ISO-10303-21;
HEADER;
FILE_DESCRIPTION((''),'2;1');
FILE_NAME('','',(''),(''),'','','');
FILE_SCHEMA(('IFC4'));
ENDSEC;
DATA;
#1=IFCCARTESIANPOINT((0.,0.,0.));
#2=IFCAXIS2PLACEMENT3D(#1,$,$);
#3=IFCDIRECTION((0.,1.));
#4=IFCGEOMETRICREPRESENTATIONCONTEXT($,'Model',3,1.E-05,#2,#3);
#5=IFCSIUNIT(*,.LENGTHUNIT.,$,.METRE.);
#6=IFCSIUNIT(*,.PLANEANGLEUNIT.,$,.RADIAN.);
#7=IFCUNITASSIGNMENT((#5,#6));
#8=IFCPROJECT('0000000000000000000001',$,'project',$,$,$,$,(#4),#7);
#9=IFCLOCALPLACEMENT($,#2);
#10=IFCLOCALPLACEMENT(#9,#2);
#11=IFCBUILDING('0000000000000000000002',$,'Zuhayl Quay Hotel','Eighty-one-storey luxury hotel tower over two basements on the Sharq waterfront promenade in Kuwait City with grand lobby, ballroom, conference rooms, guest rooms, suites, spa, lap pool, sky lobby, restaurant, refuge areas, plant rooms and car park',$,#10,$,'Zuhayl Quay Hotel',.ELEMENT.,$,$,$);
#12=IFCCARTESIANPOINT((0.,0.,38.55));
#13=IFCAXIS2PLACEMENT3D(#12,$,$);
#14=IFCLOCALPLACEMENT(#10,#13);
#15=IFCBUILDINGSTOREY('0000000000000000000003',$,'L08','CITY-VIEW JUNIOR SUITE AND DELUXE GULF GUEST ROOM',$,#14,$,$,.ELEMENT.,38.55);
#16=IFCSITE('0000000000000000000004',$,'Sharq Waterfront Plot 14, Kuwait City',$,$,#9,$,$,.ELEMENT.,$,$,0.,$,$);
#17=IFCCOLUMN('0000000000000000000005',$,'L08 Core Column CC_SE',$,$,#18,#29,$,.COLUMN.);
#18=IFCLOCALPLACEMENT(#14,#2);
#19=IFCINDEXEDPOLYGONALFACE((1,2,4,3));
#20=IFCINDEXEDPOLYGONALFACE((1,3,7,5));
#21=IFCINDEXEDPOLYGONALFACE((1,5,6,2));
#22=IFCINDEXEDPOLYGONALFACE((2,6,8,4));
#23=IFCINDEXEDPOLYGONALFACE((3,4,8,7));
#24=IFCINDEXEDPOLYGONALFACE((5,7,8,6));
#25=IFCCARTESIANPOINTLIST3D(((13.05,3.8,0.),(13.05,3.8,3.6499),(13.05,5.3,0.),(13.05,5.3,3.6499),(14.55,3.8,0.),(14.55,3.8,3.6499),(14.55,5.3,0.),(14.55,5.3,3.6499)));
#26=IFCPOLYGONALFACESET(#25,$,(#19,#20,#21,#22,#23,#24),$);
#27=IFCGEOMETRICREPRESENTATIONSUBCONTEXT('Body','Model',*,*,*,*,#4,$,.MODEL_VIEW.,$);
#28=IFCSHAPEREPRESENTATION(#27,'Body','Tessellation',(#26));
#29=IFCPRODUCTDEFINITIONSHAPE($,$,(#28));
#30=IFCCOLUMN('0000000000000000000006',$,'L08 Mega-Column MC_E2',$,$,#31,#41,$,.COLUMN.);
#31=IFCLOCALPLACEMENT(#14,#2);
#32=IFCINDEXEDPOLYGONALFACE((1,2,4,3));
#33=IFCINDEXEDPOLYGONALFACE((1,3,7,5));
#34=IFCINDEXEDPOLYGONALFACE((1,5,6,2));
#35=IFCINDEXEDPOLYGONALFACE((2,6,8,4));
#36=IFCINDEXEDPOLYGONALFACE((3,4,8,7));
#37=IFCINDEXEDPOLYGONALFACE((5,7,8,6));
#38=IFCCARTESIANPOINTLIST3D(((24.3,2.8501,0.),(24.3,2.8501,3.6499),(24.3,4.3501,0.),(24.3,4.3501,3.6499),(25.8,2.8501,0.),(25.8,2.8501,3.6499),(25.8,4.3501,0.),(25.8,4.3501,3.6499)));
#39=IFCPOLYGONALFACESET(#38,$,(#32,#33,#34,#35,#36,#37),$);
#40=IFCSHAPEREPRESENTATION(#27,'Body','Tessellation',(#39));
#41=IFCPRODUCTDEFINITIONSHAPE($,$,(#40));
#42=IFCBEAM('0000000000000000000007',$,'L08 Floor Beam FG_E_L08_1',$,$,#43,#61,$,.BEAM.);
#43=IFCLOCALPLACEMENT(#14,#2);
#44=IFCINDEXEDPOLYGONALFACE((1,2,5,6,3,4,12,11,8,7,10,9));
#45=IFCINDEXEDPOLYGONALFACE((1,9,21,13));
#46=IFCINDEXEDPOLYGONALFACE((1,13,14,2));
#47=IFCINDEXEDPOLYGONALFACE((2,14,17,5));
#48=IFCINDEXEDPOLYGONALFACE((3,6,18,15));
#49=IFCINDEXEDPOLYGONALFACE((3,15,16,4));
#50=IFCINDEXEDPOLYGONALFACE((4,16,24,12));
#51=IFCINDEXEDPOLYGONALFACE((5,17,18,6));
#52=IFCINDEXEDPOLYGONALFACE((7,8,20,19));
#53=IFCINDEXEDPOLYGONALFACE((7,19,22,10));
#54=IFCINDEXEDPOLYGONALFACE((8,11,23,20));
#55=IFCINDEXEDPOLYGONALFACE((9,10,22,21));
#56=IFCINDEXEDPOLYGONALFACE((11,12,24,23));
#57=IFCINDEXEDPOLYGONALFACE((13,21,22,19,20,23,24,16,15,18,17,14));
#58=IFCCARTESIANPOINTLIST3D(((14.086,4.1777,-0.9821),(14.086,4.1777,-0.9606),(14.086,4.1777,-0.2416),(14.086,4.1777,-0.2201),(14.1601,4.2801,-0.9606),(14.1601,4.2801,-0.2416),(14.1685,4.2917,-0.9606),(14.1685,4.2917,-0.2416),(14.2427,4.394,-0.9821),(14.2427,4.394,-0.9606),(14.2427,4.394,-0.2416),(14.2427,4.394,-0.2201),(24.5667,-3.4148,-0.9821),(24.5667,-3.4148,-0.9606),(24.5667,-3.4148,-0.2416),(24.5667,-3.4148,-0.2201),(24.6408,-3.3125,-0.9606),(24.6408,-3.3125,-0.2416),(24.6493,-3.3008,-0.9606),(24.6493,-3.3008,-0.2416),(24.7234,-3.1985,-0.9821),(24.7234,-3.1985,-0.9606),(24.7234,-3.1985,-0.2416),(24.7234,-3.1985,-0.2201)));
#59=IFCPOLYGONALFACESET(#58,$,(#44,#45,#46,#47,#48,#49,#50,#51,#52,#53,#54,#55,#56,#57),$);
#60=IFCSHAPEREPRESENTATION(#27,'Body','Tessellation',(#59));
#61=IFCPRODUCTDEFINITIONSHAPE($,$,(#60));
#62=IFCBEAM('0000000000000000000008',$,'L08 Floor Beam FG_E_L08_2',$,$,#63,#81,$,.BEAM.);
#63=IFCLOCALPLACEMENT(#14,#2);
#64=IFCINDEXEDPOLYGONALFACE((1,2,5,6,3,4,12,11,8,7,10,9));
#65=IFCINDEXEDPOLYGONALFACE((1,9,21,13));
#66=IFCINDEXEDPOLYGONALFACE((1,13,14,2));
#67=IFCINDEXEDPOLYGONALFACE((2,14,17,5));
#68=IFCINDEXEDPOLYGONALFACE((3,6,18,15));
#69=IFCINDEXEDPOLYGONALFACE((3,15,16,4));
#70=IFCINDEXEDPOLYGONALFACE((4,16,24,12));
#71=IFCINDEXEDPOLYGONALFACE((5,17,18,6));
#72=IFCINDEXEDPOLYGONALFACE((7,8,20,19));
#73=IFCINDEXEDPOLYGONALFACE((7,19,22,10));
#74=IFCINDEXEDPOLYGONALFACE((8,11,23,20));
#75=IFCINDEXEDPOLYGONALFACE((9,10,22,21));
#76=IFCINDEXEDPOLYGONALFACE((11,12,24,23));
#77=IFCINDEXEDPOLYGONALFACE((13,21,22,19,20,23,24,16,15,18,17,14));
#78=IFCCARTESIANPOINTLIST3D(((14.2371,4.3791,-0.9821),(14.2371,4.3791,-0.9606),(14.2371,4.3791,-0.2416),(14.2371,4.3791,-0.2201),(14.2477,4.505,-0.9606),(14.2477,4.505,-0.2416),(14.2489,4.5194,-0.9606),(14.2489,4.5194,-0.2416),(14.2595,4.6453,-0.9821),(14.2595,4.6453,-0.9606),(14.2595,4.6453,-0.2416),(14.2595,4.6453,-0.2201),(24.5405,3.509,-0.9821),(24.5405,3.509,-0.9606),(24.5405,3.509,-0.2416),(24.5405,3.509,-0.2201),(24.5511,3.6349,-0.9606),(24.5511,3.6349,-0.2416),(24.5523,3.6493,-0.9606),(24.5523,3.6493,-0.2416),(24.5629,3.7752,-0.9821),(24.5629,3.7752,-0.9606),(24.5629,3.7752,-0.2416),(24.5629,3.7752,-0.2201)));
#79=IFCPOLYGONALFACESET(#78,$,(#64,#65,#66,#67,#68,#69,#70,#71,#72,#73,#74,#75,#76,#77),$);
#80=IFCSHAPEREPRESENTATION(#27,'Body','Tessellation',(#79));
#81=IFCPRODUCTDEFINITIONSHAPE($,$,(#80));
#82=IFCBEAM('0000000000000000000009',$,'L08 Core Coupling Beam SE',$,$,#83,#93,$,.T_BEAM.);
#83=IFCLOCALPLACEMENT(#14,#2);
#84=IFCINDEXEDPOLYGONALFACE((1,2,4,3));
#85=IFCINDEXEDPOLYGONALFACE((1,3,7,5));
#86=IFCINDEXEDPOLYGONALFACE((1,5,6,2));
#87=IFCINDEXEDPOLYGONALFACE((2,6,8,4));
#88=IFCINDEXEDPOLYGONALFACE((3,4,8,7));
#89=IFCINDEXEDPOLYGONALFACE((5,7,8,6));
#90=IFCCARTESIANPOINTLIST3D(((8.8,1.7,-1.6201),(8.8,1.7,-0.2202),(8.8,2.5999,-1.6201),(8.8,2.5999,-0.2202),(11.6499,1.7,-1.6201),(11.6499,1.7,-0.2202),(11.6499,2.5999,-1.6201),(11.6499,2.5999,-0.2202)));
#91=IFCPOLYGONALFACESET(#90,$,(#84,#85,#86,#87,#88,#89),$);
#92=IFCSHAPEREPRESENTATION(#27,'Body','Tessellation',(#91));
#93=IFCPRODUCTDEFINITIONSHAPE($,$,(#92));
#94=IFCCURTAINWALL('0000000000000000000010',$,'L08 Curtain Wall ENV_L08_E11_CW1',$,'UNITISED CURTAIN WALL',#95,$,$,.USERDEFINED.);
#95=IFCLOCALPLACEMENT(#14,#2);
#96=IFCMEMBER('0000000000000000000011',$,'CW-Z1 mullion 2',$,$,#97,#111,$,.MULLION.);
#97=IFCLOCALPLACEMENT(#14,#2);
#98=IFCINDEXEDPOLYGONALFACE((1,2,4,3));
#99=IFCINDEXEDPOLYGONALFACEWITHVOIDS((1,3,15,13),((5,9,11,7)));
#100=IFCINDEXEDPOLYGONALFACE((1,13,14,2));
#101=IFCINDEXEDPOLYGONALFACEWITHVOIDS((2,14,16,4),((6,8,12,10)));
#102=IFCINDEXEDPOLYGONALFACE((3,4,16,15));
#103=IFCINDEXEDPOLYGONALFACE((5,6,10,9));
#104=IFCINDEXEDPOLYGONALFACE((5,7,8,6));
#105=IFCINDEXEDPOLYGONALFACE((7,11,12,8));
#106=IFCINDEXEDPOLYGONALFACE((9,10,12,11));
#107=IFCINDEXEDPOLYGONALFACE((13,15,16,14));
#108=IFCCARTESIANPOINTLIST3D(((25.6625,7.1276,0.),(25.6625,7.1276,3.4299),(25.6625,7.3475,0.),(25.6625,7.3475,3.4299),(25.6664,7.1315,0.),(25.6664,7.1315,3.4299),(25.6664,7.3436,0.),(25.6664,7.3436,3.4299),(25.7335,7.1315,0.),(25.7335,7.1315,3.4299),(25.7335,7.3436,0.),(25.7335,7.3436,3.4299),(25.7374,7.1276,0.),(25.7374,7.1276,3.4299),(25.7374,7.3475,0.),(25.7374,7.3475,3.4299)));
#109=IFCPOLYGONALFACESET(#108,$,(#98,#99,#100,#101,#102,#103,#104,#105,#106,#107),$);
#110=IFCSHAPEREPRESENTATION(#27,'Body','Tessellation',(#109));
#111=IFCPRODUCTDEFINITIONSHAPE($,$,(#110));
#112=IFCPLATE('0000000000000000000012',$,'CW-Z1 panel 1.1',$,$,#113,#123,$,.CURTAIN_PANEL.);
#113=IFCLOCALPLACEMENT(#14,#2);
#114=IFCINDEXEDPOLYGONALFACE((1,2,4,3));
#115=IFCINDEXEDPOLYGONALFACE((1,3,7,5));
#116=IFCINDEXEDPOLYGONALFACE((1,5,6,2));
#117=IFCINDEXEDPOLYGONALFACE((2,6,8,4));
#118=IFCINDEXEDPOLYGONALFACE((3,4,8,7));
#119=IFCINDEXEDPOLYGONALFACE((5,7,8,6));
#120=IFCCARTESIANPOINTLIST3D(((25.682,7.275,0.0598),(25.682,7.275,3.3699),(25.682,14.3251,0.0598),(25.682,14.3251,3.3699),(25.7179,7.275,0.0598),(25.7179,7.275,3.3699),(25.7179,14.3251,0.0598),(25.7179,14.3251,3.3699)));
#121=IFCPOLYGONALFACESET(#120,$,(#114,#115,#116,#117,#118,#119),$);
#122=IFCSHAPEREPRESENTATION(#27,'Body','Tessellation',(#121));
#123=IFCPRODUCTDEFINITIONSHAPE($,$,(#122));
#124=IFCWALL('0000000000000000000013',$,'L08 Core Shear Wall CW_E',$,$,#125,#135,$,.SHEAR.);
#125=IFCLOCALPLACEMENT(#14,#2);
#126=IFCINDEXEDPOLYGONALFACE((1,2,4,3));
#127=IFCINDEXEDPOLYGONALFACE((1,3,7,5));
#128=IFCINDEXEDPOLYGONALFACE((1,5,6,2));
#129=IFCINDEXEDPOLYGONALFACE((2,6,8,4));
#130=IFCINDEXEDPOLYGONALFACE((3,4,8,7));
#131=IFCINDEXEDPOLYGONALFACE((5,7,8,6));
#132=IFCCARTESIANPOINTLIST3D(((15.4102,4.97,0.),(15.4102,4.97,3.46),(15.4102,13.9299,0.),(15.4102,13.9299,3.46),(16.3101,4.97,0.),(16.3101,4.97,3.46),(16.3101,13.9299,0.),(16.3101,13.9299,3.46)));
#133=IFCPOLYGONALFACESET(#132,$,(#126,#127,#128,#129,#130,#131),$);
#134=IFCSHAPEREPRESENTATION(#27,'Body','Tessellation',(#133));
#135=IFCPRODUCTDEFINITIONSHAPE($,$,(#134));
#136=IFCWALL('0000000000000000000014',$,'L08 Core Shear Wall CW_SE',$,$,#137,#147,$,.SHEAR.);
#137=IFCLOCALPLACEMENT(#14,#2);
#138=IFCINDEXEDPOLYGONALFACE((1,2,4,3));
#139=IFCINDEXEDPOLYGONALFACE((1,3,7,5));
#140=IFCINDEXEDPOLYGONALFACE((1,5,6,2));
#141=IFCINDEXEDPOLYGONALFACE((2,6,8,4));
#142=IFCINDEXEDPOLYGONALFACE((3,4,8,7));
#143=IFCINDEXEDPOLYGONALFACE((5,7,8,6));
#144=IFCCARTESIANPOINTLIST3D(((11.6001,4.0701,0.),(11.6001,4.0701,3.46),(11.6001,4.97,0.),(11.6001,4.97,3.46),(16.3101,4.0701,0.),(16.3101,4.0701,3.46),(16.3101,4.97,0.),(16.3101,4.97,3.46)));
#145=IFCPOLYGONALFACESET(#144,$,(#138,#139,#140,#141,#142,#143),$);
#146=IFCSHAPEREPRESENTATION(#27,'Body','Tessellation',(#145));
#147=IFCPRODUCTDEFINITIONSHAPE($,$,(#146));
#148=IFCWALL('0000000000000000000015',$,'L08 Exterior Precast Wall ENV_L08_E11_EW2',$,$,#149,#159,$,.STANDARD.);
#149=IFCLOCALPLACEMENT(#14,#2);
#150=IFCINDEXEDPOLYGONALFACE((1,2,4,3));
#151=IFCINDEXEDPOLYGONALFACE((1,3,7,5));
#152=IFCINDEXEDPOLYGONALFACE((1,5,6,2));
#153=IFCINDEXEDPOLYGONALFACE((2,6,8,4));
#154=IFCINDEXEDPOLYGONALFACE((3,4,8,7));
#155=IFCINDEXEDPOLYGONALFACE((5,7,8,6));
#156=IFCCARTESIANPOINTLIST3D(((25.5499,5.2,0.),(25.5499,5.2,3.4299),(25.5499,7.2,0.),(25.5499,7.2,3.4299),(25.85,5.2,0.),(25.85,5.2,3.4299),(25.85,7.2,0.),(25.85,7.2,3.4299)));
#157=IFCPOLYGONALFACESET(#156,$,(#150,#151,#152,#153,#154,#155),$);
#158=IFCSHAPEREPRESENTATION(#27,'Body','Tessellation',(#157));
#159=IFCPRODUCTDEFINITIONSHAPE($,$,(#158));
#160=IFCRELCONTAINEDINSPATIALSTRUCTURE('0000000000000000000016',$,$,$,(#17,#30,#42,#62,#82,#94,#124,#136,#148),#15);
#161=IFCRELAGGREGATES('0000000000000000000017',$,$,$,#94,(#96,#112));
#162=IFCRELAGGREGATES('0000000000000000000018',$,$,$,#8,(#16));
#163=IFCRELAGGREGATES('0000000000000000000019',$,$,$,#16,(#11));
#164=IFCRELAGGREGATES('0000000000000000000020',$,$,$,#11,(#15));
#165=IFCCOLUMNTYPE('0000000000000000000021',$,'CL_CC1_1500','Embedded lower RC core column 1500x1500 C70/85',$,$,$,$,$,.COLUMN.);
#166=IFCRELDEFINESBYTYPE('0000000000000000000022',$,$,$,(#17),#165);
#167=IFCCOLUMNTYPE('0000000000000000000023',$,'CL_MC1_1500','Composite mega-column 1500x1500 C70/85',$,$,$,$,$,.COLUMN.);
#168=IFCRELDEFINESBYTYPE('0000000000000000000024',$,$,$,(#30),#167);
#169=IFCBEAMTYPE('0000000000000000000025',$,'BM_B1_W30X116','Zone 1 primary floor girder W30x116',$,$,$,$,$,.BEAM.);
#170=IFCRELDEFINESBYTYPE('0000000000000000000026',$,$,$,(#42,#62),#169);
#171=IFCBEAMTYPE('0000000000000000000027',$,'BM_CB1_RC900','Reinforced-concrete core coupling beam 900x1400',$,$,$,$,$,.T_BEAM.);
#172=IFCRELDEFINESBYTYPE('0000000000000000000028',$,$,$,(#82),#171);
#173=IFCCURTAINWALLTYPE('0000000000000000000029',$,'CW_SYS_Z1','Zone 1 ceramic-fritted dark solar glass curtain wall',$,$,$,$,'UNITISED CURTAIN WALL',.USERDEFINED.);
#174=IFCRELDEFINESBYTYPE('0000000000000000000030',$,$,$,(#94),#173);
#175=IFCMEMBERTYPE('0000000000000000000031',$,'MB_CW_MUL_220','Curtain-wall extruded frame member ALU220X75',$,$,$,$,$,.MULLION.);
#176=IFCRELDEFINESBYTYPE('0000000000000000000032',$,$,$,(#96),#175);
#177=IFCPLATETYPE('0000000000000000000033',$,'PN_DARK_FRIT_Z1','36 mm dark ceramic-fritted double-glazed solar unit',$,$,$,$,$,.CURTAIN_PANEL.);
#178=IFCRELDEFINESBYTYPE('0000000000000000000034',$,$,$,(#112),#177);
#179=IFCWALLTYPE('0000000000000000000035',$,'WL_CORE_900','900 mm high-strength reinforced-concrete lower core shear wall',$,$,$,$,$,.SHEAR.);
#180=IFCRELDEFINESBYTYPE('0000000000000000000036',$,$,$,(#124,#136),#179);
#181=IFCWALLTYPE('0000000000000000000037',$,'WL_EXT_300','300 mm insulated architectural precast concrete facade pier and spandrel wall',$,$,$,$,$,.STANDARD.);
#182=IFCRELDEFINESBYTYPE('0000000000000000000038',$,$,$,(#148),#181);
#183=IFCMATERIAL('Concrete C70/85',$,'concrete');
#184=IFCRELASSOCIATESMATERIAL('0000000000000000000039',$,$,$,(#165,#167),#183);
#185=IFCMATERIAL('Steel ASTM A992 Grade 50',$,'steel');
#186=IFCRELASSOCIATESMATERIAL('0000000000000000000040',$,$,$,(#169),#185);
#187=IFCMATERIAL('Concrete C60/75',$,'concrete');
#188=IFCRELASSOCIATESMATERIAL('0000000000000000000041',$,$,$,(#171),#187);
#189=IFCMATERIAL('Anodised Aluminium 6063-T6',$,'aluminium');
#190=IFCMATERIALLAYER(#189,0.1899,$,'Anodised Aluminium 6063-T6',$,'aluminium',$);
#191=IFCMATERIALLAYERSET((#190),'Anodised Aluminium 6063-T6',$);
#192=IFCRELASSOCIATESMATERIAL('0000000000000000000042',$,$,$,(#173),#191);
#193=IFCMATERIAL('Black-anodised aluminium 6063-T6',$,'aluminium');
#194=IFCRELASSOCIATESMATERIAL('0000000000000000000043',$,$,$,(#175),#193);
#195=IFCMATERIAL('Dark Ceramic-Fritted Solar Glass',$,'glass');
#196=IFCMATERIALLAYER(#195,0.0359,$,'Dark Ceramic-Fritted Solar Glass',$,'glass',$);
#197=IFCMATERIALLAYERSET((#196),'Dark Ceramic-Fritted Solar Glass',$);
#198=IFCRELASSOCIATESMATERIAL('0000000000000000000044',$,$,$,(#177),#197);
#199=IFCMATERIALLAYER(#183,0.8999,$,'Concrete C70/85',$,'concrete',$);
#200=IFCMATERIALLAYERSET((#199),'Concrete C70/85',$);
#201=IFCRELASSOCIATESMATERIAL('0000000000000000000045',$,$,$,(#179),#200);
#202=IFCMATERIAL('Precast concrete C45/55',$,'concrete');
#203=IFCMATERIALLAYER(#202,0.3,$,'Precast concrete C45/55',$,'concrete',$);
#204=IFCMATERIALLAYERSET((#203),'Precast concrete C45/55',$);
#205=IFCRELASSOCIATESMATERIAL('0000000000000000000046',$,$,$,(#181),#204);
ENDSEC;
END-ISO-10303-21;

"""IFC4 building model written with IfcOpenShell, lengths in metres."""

from ifc_helpers import new_model, si_unit, direction, frame, frame_2d, origin, origin_2d, place, context, subcontext, project, spatial, rectangle, hollow_rectangle, i_section, extrude, material, layer, layer_set, material_profile, profile_set, type_object, element, aggregate, save


model = new_model("IFC4")

# Units and contexts
model_context = context("Model", 3, precision=1e-05, world=origin(), true_north=direction((0.0, 1.0)))
body_context = subcontext(model_context, "Body", "Model", "MODEL_VIEW")
ifc_project = project(units=[si_unit("LENGTHUNIT", "METRE"), si_unit("PLANEANGLEUNIT", "RADIAN")], contexts=[model_context])

# Site, building, storey
site_placement = place(None, origin())
site = spatial("IfcSite", under=ifc_project, at=site_placement, Name="Sharq Waterfront Plot 14, Kuwait City", CompositionType="ELEMENT", RefElevation=0.0)
building_placement = place(site_placement, origin())
building = spatial("IfcBuilding", under=site, at=building_placement, Name="Zuhayl Quay Hotel", Description="Eighty-one-storey luxury hotel tower over two basements on the Sharq waterfront promenade in Kuwait City with grand lobby, ballroom, conference rooms, guest rooms, suites, spa, lap pool, sky lobby, restaurant, refuge areas, plant rooms and car park", LongName="Zuhayl Quay Hotel", CompositionType="ELEMENT")
storey_placement = place(building_placement, frame((0.0, 0.0, 38.55)))
storey = spatial("IfcBuildingStorey", under=building, at=storey_placement, Name="L08", Description="CITY-VIEW JUNIOR SUITE AND DELUXE GULF GUEST ROOM", CompositionType="ELEMENT", Elevation=38.55)

# Columns
ifc_material_1 = material(Name="Concrete C70/85", Category="concrete")
ifc_material_profile_1 = material_profile(ifc_material_1, rectangle(XDim=1.5, YDim=1.5, at=origin_2d()), Name="RC1500X1500")
ifc_profile_set_1 = profile_set([ifc_material_profile_1], Name="Concrete C70/85")
column_type_1 = type_object("IfcColumnType", Name="CL_CC1_1500", Description="Embedded lower RC core column 1500x1500 C70/85", PredefinedType="COLUMN", material=ifc_profile_set_1)
column_1_placement = place(storey_placement, frame((13.8, 4.55, 0.0), z_axis=(0.0, 0.0, 1.0), x_axis=(1.0, 0.0, 0.0)))
element("IfcColumn", 1, at=column_1_placement, inside=storey, type_object=column_type_1, Name="L08 Core Column CC_SE", PredefinedType="COLUMN", context=body_context, shape_type="SweptSolid", body=[
    extrude(rectangle(XDim=1.5, YDim=1.5, at=origin_2d()), origin(), (0.0, 0.0, 1.0), 3.6499),
])
ifc_material_profile_2 = material_profile(ifc_material_1, rectangle(XDim=1.5, YDim=1.5, at=origin_2d()), Name="RC1500X1500")
ifc_profile_set_2 = profile_set([ifc_material_profile_2], Name="Concrete C70/85")
column_type_2 = type_object("IfcColumnType", Name="CL_MC1_1500", Description="Composite mega-column 1500x1500 C70/85", PredefinedType="COLUMN", material=ifc_profile_set_2)
column_2_placement = place(storey_placement, frame((25.05, 3.6001, 0.0), z_axis=(0.0, 0.0, 1.0), x_axis=(1.0, 0.0, 0.0)))
element("IfcColumn", 2, at=column_2_placement, inside=storey, type_object=column_type_2, Name="L08 Mega-Column MC_E2", PredefinedType="COLUMN", context=body_context, shape_type="SweptSolid", body=[
    extrude(rectangle(XDim=1.5, YDim=1.5, at=origin_2d()), origin(), (0.0, 0.0, 1.0), 3.6499),
])

# Beams
ifc_material_2 = material(Name="Steel ASTM A992 Grade 50", Category="steel")
ifc_material_profile_3 = material_profile(ifc_material_2, i_section(OverallWidth=0.2671, OverallDepth=0.762, WebThickness=0.0144, FlangeThickness=0.0215, at=origin_2d()), Name="W30X116")
ifc_profile_set_3 = profile_set([ifc_material_profile_3], Name="Steel ASTM A992 Grade 50")
beam_type_1 = type_object("IfcBeamType", Name="BM_B1_W30X116", Description="Zone 1 primary floor girder W30x116", PredefinedType="BEAM", material=ifc_profile_set_3)
beam_1_placement = place(storey_placement, frame((14.1643, 4.2859, -0.6011), z_axis=(0.80983, -0.586664, 0.0), x_axis=(0.586664, 0.80983, 0.0)))
element("IfcBeam", 3, at=beam_1_placement, inside=storey, type_object=beam_type_1, Name="L08 Floor Beam FG_E_L08_1", PredefinedType="BEAM", context=body_context, shape_type="SweptSolid", body=[
    extrude(i_section(OverallWidth=0.2671, OverallDepth=0.762, WebThickness=0.0144, FlangeThickness=0.0215, at=origin_2d()), origin(), (0.0, 0.0, 1.0), 12.9419),
])
beam_2_placement = place(storey_placement, frame((14.2483, 4.5122, -0.6011), z_axis=(0.996453, -0.084149, 0.0), x_axis=(0.084149, 0.996453, 0.0)))
element("IfcBeam", 4, at=beam_2_placement, inside=storey, type_object=beam_type_1, Name="L08 Floor Beam FG_E_L08_2", PredefinedType="BEAM", context=body_context, shape_type="SweptSolid", body=[
    extrude(i_section(OverallWidth=0.2671, OverallDepth=0.762, WebThickness=0.0144, FlangeThickness=0.0215, at=origin_2d()), origin(), (0.0, 0.0, 1.0), 10.3401),
])
ifc_material_3 = material(Name="Concrete C60/75", Category="concrete")
ifc_material_profile_4 = material_profile(ifc_material_3, rectangle(XDim=0.8999, YDim=1.3999, at=origin_2d()), Name="RC900X1400")
ifc_profile_set_4 = profile_set([ifc_material_profile_4], Name="Concrete C60/75")
beam_type_2 = type_object("IfcBeamType", Name="BM_CB1_RC900", Description="Reinforced-concrete core coupling beam 900x1400", PredefinedType="T_BEAM", material=ifc_profile_set_4)
beam_3_placement = place(storey_placement, frame((8.8, 2.1499, -0.9202), z_axis=(1.0, 0.0, 0.0), x_axis=(0.0, 1.0, 0.0)))
element("IfcBeam", 5, at=beam_3_placement, inside=storey, type_object=beam_type_2, Name="L08 Core Coupling Beam SE", PredefinedType="T_BEAM", context=body_context, shape_type="SweptSolid", body=[
    extrude(rectangle(XDim=0.8999, YDim=1.3999, at=origin_2d()), origin(), (0.0, 0.0, 1.0), 2.8499),
])

# Curtain wall, member, plate
ifc_material_4 = material(Name="Anodised Aluminium 6063-T6", Category="aluminium")
ifc_layer_1 = layer(ifc_material_4, 0.1899, Name="Anodised Aluminium 6063-T6", Category="aluminium")
ifc_layer_set_1 = layer_set([ifc_layer_1], Name="Anodised Aluminium 6063-T6")
curtain_wall_type = type_object("IfcCurtainWallType", Name="CW_SYS_Z1", Description="Zone 1 ceramic-fritted dark solar glass curtain wall", ElementType="UNITISED CURTAIN WALL", PredefinedType="USERDEFINED", material=ifc_layer_set_1)
curtain_wall_placement = place(storey_placement, origin())
curtain_wall = element("IfcCurtainWall", 6, at=curtain_wall_placement, inside=storey, type_object=curtain_wall_type, Name="L08 Curtain Wall ENV_L08_E11_CW1", ObjectType="UNITISED CURTAIN WALL", PredefinedType="USERDEFINED")
ifc_material_5 = material(Name="Black-anodised aluminium 6063-T6", Category="aluminium")
ifc_material_profile_5 = material_profile(ifc_material_5, hollow_rectangle(XDim=0.075, YDim=0.22, WallThickness=0.0039, at=origin_2d()), Name="ALU220X75")
ifc_profile_set_5 = profile_set([ifc_material_profile_5], Name="Black-anodised aluminium 6063-T6")
member_type = type_object("IfcMemberType", Name="MB_CW_MUL_220", Description="Curtain-wall extruded frame member ALU220X75", PredefinedType="MULLION", material=ifc_profile_set_5)
member_placement = place(storey_placement, frame((25.7, 7.2375, 0.0), z_axis=(0.0, 0.0, 1.0), x_axis=(1.0, 0.0, 0.0)))
member = element("IfcMember", 7, at=member_placement, type_object=member_type, Name="CW-Z1 mullion 2", PredefinedType="MULLION", context=body_context, shape_type="SweptSolid", body=[
    extrude(hollow_rectangle(XDim=0.075, YDim=0.22, WallThickness=0.0039, at=origin_2d()), origin(), (0.0, 0.0, 1.0), 3.4299),
])
ifc_material_6 = material(Name="Dark Ceramic-Fritted Solar Glass", Category="glass")
ifc_layer_2 = layer(ifc_material_6, 0.0359, Name="Dark Ceramic-Fritted Solar Glass", Category="glass")
ifc_layer_set_2 = layer_set([ifc_layer_2], Name="Dark Ceramic-Fritted Solar Glass")
plate_type = type_object("IfcPlateType", Name="PN_DARK_FRIT_Z1", Description="36 mm dark ceramic-fritted double-glazed solar unit", PredefinedType="CURTAIN_PANEL", material=ifc_layer_set_2)
plate_placement = place(storey_placement, frame((25.7, 10.8, 0.0598), z_axis=(0.0, 0.0, 1.0), x_axis=(0.0, -1.0, 0.0)))
plate = element("IfcPlate", 8, at=plate_placement, type_object=plate_type, Name="CW-Z1 panel 1.1", PredefinedType="CURTAIN_PANEL", context=body_context, shape_type="SweptSolid", body=[
    extrude(rectangle(XDim=7.05, YDim=0.0359, at=origin_2d()), origin(), (0.0, 0.0, 1.0), 3.3101),
])
aggregate(curtain_wall, [member, plate])

# Walls
ifc_layer_3 = layer(ifc_material_1, 0.8999, Name="Concrete C70/85", Category="concrete")
ifc_layer_set_3 = layer_set([ifc_layer_3], Name="Concrete C70/85")
wall_type_1 = type_object("IfcWallType", Name="WL_CORE_900", Description="900 mm high-strength reinforced-concrete lower core shear wall", PredefinedType="SHEAR", material=ifc_layer_set_3)
wall_1_placement = place(storey_placement, frame((15.8601, 4.97, 0.0), z_axis=(0.0, 0.0, 1.0), x_axis=(0.0, 1.0, 0.0)))
element("IfcWall", 9, at=wall_1_placement, inside=storey, type_object=wall_type_1, Name="L08 Core Shear Wall CW_E", PredefinedType="SHEAR", context=body_context, shape_type="SweptSolid", body=[
    extrude(rectangle(XDim=8.96, YDim=0.8999, at=frame_2d((4.48, 0.0))), origin(), (0.0, 0.0, 1.0), 3.46),
])
wall_2_placement = place(storey_placement, frame((11.6001, 4.52, 0.0), z_axis=(0.0, 0.0, 1.0), x_axis=(1.0, 0.0, 0.0)))
element("IfcWall", 10, at=wall_2_placement, inside=storey, type_object=wall_type_1, Name="L08 Core Shear Wall CW_SE", PredefinedType="SHEAR", context=body_context, shape_type="SweptSolid", body=[
    extrude(rectangle(XDim=4.71, YDim=0.8999, at=frame_2d((2.355, 0.0))), origin(), (0.0, 0.0, 1.0), 3.46),
])
ifc_material_7 = material(Name="Precast concrete C45/55", Category="concrete")
ifc_layer_4 = layer(ifc_material_7, 0.3, Name="Precast concrete C45/55", Category="concrete")
ifc_layer_set_4 = layer_set([ifc_layer_4], Name="Precast concrete C45/55")
wall_type_2 = type_object("IfcWallType", Name="WL_EXT_300", Description="300 mm insulated architectural precast concrete facade pier and spandrel wall", PredefinedType="STANDARD", material=ifc_layer_set_4)
wall_3_placement = place(storey_placement, frame((25.7, 7.2, 0.0), z_axis=(0.0, 0.0, 1.0), x_axis=(0.0, -1.0, 0.0)))
element("IfcWall", 11, at=wall_3_placement, inside=storey, type_object=wall_type_2, Name="L08 Exterior Precast Wall ENV_L08_E11_EW2", PredefinedType="STANDARD", context=body_context, shape_type="SweptSolid", body=[
    extrude(rectangle(XDim=2.0, YDim=0.3, at=frame_2d((1.0, 0.0))), origin(), (0.0, 0.0, 1.0), 3.4299),
])

save(model, "model.ifc")
